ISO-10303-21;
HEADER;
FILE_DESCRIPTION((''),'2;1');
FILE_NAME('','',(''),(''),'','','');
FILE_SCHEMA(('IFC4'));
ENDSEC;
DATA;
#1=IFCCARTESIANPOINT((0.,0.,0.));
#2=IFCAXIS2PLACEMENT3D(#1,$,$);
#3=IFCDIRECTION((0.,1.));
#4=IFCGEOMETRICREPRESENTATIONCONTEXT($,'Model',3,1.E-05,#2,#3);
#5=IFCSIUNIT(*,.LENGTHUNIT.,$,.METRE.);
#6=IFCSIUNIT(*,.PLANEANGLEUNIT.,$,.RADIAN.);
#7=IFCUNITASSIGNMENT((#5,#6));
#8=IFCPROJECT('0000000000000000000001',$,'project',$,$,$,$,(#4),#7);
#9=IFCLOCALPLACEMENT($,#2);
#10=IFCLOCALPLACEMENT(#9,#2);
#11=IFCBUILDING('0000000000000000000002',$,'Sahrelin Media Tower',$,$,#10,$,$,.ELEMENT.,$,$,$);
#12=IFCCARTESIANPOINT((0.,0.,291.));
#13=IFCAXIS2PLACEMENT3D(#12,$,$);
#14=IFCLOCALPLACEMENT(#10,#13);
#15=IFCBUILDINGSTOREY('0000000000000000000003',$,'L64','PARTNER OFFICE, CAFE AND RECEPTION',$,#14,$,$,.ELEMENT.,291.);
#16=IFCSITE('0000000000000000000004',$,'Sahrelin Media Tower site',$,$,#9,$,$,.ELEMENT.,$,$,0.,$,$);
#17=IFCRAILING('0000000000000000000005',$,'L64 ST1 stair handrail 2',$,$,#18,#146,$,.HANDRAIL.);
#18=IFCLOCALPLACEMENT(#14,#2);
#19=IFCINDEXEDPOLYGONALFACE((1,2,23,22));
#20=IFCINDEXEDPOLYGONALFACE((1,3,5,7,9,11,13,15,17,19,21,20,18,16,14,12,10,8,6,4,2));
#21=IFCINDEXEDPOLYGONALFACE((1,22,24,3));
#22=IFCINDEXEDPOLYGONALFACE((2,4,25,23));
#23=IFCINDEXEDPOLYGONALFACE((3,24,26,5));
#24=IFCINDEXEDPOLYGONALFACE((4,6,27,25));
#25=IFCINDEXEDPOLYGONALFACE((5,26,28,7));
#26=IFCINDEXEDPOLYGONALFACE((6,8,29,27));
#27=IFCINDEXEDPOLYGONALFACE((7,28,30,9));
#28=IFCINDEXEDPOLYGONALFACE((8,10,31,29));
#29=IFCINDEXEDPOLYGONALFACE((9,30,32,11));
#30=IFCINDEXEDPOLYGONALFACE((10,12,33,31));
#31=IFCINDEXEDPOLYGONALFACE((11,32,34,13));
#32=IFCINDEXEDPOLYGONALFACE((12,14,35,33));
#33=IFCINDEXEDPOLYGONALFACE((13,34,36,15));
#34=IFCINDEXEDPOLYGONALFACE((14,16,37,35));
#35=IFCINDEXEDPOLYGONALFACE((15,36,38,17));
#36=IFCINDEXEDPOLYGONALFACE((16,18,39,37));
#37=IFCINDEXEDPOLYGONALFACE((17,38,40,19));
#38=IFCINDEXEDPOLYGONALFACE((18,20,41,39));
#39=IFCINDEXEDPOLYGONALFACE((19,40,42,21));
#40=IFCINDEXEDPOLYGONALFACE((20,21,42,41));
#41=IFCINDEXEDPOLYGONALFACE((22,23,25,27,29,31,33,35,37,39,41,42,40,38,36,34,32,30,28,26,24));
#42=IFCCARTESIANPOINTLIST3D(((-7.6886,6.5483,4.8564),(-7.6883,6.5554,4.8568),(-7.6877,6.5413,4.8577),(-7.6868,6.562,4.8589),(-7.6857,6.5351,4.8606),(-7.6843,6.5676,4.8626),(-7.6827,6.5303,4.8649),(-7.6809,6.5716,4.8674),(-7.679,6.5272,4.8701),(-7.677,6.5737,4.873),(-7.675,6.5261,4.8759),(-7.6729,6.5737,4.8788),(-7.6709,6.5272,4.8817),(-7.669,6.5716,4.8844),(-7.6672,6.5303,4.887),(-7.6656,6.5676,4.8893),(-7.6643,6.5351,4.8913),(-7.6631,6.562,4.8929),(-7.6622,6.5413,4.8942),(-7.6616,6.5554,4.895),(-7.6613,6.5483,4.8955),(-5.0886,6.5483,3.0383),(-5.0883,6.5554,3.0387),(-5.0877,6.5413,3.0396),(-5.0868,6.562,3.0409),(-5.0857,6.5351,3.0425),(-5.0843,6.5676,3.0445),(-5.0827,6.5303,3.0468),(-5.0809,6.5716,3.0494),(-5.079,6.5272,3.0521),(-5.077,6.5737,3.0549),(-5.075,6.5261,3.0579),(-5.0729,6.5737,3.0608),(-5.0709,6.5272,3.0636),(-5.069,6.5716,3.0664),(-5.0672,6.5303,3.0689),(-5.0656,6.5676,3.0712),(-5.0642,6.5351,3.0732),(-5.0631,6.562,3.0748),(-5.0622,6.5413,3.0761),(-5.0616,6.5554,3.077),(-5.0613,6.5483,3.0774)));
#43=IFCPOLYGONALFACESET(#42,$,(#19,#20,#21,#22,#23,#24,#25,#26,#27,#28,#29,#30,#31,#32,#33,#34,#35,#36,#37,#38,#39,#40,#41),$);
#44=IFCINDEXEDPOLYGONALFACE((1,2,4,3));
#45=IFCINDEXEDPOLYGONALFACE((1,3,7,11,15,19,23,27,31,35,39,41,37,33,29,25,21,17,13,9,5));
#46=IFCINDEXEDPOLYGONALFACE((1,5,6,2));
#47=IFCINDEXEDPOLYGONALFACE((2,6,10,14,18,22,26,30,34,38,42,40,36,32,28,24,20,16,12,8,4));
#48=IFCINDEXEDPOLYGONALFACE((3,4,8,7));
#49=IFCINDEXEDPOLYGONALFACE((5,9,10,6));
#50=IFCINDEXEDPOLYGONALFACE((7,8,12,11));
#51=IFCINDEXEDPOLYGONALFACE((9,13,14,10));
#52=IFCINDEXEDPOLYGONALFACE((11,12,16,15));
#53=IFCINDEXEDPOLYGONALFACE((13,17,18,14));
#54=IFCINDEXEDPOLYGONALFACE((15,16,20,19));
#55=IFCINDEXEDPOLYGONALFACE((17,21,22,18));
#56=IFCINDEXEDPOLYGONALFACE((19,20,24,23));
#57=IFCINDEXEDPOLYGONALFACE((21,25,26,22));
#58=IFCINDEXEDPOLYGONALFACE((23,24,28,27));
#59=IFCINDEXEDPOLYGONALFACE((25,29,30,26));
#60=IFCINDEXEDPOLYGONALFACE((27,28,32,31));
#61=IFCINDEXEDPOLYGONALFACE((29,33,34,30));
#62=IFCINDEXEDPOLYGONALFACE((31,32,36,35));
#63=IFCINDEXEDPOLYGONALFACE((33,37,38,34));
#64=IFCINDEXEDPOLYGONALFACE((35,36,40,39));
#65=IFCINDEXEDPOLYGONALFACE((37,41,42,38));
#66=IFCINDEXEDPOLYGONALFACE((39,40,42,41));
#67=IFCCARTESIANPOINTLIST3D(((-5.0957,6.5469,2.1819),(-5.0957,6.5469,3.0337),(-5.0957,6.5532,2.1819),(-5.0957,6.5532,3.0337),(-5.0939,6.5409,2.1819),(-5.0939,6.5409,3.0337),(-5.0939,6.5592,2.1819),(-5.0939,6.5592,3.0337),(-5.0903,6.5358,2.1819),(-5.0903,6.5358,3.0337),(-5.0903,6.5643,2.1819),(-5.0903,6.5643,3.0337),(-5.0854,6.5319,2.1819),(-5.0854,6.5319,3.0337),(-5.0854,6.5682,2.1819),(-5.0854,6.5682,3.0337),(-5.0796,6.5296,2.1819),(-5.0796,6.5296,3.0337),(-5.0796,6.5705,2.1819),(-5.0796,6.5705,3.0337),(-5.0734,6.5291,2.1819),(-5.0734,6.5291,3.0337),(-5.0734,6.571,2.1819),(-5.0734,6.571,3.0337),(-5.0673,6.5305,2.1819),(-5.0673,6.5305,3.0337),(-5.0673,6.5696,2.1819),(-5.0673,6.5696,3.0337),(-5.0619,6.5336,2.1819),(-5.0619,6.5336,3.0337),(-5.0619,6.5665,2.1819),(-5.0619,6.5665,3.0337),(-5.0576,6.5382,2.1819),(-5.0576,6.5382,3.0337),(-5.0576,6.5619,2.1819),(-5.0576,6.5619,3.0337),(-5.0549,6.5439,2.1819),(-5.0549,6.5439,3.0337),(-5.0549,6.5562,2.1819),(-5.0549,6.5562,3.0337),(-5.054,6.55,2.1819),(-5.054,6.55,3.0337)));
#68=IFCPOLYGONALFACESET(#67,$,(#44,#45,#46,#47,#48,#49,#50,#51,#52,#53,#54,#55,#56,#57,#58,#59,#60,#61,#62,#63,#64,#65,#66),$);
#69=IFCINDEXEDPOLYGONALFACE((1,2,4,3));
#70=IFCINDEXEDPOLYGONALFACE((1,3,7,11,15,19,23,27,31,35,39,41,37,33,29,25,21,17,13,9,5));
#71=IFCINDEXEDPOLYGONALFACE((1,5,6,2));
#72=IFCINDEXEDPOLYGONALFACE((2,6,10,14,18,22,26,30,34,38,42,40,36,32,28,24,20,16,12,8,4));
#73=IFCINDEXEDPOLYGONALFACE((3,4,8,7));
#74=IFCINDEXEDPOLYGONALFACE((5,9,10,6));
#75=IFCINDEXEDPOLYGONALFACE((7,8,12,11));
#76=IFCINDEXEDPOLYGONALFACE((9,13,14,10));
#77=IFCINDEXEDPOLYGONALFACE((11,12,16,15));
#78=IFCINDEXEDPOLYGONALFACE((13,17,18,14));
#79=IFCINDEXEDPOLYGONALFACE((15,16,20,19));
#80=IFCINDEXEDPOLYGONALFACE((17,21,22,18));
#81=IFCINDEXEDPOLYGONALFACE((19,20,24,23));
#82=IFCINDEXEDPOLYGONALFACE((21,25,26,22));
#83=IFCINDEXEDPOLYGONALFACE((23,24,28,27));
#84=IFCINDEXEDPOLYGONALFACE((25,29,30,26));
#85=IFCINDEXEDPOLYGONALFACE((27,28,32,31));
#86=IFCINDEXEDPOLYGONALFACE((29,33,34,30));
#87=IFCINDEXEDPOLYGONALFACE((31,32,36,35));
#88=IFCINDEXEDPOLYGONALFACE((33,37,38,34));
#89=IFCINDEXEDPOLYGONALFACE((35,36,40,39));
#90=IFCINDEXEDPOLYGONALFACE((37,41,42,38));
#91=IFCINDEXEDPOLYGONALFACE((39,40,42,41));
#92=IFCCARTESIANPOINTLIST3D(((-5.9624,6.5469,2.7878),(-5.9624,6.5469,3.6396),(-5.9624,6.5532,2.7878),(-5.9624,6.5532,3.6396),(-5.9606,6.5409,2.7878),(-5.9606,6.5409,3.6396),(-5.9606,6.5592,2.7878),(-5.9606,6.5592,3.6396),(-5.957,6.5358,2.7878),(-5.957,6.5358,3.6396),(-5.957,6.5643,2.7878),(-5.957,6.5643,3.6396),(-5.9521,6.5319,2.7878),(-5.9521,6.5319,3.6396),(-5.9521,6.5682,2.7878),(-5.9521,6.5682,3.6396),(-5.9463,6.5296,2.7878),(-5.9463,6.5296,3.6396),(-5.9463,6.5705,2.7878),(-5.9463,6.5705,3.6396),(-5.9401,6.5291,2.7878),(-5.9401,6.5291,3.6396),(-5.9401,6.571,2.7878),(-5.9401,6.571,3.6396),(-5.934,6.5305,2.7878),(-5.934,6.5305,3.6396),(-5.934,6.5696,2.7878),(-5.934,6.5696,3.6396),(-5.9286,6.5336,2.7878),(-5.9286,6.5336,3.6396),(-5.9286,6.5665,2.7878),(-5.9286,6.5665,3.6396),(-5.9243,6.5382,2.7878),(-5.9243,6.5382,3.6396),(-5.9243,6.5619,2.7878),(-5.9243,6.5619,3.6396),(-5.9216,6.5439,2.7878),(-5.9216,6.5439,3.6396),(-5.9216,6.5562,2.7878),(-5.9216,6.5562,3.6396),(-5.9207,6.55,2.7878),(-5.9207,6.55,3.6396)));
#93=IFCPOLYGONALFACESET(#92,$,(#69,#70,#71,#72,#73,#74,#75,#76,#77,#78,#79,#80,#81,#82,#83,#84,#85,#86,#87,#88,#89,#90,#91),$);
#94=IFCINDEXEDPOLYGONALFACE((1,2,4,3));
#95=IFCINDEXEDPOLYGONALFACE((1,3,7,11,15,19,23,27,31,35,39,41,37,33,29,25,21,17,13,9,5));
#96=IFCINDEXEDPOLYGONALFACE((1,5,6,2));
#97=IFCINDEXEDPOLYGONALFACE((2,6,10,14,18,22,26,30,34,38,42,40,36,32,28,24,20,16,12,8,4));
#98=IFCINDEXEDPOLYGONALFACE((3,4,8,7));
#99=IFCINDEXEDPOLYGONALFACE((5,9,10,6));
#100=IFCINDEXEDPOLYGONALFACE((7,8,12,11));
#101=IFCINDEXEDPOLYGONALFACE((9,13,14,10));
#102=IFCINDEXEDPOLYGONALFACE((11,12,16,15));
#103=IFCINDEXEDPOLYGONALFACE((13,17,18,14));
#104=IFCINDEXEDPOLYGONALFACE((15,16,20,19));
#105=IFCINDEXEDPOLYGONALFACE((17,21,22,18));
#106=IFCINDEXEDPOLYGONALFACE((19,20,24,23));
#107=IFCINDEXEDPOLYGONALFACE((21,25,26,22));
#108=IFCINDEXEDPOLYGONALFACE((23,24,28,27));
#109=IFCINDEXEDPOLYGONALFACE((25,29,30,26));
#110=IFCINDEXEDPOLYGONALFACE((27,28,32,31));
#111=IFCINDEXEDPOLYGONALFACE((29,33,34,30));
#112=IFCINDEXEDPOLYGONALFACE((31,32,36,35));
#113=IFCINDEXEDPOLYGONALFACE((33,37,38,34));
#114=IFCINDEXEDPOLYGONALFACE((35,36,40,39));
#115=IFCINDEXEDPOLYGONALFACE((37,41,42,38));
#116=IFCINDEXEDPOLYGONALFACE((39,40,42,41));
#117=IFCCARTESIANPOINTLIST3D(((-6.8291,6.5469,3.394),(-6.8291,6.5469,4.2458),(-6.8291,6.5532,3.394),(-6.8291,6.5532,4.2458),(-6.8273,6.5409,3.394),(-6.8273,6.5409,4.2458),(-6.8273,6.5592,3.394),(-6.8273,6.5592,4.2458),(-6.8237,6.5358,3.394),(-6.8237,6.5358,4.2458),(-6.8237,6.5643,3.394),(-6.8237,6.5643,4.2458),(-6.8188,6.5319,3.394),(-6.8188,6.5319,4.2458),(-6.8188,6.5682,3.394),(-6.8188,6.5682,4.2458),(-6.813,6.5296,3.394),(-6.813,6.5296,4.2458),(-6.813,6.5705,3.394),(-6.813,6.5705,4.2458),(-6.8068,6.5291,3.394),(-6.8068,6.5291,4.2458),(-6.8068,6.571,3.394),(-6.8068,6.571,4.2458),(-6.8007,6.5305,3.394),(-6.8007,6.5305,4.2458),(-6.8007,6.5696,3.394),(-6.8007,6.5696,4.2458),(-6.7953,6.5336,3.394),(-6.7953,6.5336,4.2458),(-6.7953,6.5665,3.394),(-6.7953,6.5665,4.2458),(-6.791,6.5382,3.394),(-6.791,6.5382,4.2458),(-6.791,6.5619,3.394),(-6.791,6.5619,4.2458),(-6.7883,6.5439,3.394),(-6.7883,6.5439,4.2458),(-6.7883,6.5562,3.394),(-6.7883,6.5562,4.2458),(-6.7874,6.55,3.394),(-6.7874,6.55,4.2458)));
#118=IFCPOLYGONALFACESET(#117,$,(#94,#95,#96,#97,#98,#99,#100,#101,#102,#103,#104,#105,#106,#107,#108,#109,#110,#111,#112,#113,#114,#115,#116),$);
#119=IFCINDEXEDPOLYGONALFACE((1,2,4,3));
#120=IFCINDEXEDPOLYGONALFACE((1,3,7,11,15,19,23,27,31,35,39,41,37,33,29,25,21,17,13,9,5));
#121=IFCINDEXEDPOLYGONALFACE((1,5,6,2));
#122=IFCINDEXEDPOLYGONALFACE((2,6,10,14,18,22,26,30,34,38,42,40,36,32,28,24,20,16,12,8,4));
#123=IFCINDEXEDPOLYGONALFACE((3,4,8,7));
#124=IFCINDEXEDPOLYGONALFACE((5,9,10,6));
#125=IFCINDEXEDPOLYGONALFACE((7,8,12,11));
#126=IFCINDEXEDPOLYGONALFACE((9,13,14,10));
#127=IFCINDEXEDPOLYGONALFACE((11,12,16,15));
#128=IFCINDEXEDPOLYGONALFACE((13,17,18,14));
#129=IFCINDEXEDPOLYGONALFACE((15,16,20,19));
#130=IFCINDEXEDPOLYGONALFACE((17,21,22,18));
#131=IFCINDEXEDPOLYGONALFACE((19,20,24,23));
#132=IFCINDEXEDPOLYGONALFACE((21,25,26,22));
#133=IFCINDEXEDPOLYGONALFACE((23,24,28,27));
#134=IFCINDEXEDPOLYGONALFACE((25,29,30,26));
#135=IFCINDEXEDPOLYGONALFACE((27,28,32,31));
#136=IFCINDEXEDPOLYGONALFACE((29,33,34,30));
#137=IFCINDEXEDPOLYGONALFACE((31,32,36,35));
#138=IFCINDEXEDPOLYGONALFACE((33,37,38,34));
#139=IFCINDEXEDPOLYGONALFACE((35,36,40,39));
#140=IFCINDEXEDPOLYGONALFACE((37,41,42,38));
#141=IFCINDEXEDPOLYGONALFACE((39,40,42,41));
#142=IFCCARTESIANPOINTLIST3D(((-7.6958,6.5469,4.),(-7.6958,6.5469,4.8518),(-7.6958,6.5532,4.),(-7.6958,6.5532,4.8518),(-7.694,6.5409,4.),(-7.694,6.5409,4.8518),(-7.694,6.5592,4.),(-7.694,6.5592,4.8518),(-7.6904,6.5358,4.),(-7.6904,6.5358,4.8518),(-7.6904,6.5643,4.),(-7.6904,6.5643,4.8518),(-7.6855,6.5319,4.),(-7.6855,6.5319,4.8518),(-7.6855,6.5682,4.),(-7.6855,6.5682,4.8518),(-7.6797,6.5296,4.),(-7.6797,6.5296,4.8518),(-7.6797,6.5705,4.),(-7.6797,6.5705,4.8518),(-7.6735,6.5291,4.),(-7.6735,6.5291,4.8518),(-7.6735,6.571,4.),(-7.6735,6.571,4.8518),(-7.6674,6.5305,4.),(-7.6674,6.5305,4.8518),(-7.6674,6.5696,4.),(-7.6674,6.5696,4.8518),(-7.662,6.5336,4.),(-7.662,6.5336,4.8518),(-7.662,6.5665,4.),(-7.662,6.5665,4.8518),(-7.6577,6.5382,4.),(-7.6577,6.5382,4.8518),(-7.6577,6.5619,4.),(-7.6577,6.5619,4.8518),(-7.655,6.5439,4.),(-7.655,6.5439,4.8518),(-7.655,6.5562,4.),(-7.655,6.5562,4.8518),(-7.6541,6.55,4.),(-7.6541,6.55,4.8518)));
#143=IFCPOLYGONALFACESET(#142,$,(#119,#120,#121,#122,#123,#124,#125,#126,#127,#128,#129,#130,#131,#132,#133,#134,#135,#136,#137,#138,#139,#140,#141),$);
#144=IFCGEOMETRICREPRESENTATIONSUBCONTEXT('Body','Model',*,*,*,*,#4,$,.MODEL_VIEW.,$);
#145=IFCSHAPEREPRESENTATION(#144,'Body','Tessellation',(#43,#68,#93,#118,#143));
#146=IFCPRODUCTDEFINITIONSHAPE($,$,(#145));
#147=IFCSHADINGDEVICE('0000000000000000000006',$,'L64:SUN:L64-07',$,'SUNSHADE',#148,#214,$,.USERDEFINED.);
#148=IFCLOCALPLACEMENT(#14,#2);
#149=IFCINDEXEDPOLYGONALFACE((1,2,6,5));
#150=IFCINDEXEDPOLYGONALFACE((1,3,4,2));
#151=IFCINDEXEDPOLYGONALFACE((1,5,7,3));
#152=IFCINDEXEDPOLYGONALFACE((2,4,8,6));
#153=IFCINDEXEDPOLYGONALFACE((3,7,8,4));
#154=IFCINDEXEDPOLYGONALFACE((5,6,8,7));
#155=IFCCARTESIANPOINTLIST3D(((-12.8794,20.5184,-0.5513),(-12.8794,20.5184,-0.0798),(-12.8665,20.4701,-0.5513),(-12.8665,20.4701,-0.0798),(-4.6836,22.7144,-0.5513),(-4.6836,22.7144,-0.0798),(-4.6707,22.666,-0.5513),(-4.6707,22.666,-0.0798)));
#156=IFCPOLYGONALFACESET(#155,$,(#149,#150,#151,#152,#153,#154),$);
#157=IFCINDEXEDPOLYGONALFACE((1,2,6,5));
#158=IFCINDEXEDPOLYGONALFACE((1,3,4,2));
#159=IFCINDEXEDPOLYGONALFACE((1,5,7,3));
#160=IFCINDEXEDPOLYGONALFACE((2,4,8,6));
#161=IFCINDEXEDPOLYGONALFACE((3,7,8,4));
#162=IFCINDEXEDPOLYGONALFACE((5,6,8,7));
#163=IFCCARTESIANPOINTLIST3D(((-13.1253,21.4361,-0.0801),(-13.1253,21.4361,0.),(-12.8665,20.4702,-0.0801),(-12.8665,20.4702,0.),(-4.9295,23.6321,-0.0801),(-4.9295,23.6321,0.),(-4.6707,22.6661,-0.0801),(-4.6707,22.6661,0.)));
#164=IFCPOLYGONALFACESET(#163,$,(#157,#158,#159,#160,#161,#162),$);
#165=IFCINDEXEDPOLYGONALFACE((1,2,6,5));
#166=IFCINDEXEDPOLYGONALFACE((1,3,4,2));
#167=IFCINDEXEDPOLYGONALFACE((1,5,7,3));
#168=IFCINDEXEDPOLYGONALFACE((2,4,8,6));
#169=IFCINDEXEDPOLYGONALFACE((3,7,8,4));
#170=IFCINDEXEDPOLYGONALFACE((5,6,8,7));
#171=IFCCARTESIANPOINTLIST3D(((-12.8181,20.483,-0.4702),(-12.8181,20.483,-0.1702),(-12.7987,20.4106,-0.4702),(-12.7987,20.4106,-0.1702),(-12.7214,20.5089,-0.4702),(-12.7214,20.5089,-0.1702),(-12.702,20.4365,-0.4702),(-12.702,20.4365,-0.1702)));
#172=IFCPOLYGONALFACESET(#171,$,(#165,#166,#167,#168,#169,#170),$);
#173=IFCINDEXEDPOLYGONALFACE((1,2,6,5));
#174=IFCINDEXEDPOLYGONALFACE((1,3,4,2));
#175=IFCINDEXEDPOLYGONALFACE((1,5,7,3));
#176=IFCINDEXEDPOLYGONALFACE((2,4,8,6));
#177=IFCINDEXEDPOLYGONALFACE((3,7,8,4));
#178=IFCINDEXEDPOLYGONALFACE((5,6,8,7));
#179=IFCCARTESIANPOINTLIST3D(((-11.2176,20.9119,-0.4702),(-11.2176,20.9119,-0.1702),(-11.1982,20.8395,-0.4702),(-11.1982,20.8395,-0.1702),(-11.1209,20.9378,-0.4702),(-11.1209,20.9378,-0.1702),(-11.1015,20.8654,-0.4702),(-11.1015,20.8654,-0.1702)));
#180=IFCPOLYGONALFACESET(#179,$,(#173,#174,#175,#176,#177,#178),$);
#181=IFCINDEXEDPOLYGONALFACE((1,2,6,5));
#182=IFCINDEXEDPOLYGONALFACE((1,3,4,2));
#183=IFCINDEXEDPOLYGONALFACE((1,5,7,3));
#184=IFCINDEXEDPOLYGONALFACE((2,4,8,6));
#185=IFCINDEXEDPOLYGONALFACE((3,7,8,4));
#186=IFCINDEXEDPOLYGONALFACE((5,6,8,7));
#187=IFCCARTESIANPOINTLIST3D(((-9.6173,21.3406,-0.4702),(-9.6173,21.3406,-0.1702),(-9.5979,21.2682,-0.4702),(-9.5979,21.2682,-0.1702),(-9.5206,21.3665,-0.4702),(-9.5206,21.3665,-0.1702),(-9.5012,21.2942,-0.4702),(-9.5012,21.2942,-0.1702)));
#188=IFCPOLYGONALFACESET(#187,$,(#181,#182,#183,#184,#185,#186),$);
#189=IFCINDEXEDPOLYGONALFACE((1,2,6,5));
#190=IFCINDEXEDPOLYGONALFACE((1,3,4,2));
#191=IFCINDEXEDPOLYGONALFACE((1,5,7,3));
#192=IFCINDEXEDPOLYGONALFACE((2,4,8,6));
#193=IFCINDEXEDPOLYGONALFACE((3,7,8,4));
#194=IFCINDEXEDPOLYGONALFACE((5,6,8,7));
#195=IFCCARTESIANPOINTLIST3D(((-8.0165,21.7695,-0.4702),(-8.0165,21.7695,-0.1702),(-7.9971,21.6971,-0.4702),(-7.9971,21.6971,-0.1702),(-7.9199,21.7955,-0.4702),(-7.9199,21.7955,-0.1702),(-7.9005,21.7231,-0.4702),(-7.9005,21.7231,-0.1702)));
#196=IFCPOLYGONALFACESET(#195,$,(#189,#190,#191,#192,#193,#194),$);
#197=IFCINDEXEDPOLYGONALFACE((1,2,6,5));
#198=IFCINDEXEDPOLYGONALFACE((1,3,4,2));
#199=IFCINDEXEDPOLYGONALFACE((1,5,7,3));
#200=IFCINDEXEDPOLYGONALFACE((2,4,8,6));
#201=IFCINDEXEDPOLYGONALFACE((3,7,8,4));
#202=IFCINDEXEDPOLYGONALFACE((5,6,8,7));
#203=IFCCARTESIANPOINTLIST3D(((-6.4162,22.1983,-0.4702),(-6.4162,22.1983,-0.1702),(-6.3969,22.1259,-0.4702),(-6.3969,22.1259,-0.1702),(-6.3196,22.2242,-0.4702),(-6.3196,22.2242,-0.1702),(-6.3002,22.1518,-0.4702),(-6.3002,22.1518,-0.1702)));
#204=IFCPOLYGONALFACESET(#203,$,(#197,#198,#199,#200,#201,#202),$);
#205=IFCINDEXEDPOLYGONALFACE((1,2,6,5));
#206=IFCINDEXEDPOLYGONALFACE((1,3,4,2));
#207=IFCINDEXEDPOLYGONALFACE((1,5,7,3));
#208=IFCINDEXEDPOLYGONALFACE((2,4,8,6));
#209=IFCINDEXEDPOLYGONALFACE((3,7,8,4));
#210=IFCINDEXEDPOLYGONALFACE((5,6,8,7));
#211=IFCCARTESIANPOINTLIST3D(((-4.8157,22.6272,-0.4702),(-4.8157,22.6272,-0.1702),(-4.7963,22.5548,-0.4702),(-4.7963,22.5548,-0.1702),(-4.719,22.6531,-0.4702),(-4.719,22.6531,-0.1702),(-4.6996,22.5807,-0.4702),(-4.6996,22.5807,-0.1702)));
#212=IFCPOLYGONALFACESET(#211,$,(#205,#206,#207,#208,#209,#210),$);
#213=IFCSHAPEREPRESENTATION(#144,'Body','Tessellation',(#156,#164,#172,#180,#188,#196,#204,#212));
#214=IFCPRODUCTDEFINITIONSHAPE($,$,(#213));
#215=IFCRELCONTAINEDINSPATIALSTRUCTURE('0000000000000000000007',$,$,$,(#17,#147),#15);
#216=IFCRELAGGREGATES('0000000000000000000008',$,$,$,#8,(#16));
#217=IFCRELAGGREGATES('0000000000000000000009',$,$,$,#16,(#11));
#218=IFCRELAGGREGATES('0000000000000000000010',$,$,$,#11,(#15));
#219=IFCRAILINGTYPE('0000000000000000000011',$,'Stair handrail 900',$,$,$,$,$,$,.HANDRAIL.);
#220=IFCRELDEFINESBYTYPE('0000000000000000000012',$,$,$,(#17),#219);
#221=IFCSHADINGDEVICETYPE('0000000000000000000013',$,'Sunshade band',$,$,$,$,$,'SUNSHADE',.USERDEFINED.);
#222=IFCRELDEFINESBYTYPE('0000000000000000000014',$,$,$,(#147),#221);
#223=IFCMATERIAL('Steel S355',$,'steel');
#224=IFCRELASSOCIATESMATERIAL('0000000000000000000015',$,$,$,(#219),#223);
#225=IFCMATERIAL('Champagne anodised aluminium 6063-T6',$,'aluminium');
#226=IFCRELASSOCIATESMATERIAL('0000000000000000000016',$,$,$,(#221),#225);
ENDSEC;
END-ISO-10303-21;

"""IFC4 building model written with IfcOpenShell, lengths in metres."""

from ifc_helpers import new_model, si_unit, direction, frame, origin, origin_2d, place, context, subcontext, project, spatial, rectangle, circle, extrude, material, type_object, element, save


model = new_model("IFC4")

# Units and contexts
model_context = context("Model", 3, precision=1e-05, world=origin(), true_north=direction((0.0, 1.0)))
body_context = subcontext(model_context, "Body", "Model", "MODEL_VIEW")
ifc_project = project(units=[si_unit("LENGTHUNIT", "METRE"), si_unit("PLANEANGLEUNIT", "RADIAN")], contexts=[model_context])

# Site, building, storey
site_placement = place(None, origin())
site = spatial("IfcSite", under=ifc_project, at=site_placement, Name="Sahrelin Media Tower site", CompositionType="ELEMENT", RefElevation=0.0)
building_placement = place(site_placement, origin())
building = spatial("IfcBuilding", under=site, at=building_placement, Name="Sahrelin Media Tower", CompositionType="ELEMENT")
storey_placement = place(building_placement, frame((0.0, 0.0, 291.0)))
storey = spatial("IfcBuildingStorey", under=building, at=storey_placement, Name="L64", Description="PARTNER OFFICE, CAFE AND RECEPTION", CompositionType="ELEMENT", Elevation=291.0)

# Shared definitions
ifc_material_1 = material(Name="Steel S355", Category="steel")

# Shared definitions
ifc_material_2 = material(Name="Champagne anodised aluminium 6063-T6", Category="aluminium")

# Shared definitions
placement = place(storey_placement, frame((-8.7634, 21.5488, 0.0), z_axis=(0.0, 0.0, 1.0), x_axis=(0.965929, 0.258808, 0.0)))

# Railing
railing_type = type_object("IfcRailingType", Name="Stair handrail 900", PredefinedType="HANDRAIL", material=ifc_material_1)
railing_placement = place(storey_placement, frame((-5.075, 6.55, 2.1819)))
element("IfcRailing", 1, at=railing_placement, inside=storey, type_object=railing_type, Name="L64 ST1 stair handrail 2", PredefinedType="HANDRAIL", context=body_context, shape_type="SweptSolid", body=[
    extrude(circle(Radius=0.0239, at=origin_2d()), frame((0.0, 0.0, 0.876), z_axis=(-0.819521, 0.0, 0.573049), x_axis=(0.0, -1.0, 0.0)), (0.0, 0.0, 1.0), 3.1726),
    extrude(circle(Radius=0.021, at=origin_2d()), origin(), (0.0, 0.0, 1.0), 0.8518),
    extrude(circle(Radius=0.021, at=origin_2d()), frame((-0.8667, 0.0, 0.606)), (0.0, 0.0, 1.0), 0.8518),
    extrude(circle(Radius=0.021, at=origin_2d()), frame((-1.7334, 0.0, 1.2122)), (0.0, 0.0, 1.0), 0.8518),
    extrude(circle(Radius=0.021, at=origin_2d()), frame((-2.6001, 0.0, 1.8181)), (0.0, 0.0, 1.0), 0.8518),
])

# Shading device
shading_device_type_1 = type_object("IfcShadingDeviceType", Name="Sunshade band", ElementType="SUNSHADE", PredefinedType="USERDEFINED", material=ifc_material_2)
element("IfcShadingDevice", 2, at=placement, inside=storey, type_object=shading_device_type_1, Name="L64:SUN:L64-07", ObjectType="SUNSHADE", PredefinedType="USERDEFINED", context=body_context, shape_type="SweptSolid", body=[
    extrude(rectangle(XDim=8.4849, YDim=0.05, at=origin_2d()), frame((0.0, 0.0449, -0.5513)), (0.0, 0.0, 1.0), 0.4714),
    extrude(rectangle(XDim=8.4849, YDim=1.0, at=origin_2d()), frame((0.0, 0.52, -0.0801)), (0.0, 0.0, 1.0), 0.0801),
    extrude(rectangle(XDim=0.1001, YDim=0.075, at=origin_2d()), frame((-4.1423, -0.0176, -0.4702)), (0.0, 0.0, 1.0), 0.3),
    extrude(rectangle(XDim=0.1001, YDim=0.075, at=origin_2d()), frame((-2.4854, -0.0176, -0.4702)), (0.0, 0.0, 1.0), 0.3),
    extrude(rectangle(XDim=0.1001, YDim=0.075, at=origin_2d()), frame((-0.8286, -0.0176, -0.4702)), (0.0, 0.0, 1.0), 0.3),
    extrude(rectangle(XDim=0.1001, YDim=0.075, at=origin_2d()), frame((0.8286, -0.0176, -0.4702)), (0.0, 0.0, 1.0), 0.3),
    extrude(rectangle(XDim=0.1001, YDim=0.075, at=origin_2d()), frame((2.4854, -0.0176, -0.4702)), (0.0, 0.0, 1.0), 0.3),
    extrude(rectangle(XDim=0.1001, YDim=0.075, at=origin_2d()), frame((4.1423, -0.0176, -0.4702)), (0.0, 0.0, 1.0), 0.3),
])

save(model, "model.ifc")
